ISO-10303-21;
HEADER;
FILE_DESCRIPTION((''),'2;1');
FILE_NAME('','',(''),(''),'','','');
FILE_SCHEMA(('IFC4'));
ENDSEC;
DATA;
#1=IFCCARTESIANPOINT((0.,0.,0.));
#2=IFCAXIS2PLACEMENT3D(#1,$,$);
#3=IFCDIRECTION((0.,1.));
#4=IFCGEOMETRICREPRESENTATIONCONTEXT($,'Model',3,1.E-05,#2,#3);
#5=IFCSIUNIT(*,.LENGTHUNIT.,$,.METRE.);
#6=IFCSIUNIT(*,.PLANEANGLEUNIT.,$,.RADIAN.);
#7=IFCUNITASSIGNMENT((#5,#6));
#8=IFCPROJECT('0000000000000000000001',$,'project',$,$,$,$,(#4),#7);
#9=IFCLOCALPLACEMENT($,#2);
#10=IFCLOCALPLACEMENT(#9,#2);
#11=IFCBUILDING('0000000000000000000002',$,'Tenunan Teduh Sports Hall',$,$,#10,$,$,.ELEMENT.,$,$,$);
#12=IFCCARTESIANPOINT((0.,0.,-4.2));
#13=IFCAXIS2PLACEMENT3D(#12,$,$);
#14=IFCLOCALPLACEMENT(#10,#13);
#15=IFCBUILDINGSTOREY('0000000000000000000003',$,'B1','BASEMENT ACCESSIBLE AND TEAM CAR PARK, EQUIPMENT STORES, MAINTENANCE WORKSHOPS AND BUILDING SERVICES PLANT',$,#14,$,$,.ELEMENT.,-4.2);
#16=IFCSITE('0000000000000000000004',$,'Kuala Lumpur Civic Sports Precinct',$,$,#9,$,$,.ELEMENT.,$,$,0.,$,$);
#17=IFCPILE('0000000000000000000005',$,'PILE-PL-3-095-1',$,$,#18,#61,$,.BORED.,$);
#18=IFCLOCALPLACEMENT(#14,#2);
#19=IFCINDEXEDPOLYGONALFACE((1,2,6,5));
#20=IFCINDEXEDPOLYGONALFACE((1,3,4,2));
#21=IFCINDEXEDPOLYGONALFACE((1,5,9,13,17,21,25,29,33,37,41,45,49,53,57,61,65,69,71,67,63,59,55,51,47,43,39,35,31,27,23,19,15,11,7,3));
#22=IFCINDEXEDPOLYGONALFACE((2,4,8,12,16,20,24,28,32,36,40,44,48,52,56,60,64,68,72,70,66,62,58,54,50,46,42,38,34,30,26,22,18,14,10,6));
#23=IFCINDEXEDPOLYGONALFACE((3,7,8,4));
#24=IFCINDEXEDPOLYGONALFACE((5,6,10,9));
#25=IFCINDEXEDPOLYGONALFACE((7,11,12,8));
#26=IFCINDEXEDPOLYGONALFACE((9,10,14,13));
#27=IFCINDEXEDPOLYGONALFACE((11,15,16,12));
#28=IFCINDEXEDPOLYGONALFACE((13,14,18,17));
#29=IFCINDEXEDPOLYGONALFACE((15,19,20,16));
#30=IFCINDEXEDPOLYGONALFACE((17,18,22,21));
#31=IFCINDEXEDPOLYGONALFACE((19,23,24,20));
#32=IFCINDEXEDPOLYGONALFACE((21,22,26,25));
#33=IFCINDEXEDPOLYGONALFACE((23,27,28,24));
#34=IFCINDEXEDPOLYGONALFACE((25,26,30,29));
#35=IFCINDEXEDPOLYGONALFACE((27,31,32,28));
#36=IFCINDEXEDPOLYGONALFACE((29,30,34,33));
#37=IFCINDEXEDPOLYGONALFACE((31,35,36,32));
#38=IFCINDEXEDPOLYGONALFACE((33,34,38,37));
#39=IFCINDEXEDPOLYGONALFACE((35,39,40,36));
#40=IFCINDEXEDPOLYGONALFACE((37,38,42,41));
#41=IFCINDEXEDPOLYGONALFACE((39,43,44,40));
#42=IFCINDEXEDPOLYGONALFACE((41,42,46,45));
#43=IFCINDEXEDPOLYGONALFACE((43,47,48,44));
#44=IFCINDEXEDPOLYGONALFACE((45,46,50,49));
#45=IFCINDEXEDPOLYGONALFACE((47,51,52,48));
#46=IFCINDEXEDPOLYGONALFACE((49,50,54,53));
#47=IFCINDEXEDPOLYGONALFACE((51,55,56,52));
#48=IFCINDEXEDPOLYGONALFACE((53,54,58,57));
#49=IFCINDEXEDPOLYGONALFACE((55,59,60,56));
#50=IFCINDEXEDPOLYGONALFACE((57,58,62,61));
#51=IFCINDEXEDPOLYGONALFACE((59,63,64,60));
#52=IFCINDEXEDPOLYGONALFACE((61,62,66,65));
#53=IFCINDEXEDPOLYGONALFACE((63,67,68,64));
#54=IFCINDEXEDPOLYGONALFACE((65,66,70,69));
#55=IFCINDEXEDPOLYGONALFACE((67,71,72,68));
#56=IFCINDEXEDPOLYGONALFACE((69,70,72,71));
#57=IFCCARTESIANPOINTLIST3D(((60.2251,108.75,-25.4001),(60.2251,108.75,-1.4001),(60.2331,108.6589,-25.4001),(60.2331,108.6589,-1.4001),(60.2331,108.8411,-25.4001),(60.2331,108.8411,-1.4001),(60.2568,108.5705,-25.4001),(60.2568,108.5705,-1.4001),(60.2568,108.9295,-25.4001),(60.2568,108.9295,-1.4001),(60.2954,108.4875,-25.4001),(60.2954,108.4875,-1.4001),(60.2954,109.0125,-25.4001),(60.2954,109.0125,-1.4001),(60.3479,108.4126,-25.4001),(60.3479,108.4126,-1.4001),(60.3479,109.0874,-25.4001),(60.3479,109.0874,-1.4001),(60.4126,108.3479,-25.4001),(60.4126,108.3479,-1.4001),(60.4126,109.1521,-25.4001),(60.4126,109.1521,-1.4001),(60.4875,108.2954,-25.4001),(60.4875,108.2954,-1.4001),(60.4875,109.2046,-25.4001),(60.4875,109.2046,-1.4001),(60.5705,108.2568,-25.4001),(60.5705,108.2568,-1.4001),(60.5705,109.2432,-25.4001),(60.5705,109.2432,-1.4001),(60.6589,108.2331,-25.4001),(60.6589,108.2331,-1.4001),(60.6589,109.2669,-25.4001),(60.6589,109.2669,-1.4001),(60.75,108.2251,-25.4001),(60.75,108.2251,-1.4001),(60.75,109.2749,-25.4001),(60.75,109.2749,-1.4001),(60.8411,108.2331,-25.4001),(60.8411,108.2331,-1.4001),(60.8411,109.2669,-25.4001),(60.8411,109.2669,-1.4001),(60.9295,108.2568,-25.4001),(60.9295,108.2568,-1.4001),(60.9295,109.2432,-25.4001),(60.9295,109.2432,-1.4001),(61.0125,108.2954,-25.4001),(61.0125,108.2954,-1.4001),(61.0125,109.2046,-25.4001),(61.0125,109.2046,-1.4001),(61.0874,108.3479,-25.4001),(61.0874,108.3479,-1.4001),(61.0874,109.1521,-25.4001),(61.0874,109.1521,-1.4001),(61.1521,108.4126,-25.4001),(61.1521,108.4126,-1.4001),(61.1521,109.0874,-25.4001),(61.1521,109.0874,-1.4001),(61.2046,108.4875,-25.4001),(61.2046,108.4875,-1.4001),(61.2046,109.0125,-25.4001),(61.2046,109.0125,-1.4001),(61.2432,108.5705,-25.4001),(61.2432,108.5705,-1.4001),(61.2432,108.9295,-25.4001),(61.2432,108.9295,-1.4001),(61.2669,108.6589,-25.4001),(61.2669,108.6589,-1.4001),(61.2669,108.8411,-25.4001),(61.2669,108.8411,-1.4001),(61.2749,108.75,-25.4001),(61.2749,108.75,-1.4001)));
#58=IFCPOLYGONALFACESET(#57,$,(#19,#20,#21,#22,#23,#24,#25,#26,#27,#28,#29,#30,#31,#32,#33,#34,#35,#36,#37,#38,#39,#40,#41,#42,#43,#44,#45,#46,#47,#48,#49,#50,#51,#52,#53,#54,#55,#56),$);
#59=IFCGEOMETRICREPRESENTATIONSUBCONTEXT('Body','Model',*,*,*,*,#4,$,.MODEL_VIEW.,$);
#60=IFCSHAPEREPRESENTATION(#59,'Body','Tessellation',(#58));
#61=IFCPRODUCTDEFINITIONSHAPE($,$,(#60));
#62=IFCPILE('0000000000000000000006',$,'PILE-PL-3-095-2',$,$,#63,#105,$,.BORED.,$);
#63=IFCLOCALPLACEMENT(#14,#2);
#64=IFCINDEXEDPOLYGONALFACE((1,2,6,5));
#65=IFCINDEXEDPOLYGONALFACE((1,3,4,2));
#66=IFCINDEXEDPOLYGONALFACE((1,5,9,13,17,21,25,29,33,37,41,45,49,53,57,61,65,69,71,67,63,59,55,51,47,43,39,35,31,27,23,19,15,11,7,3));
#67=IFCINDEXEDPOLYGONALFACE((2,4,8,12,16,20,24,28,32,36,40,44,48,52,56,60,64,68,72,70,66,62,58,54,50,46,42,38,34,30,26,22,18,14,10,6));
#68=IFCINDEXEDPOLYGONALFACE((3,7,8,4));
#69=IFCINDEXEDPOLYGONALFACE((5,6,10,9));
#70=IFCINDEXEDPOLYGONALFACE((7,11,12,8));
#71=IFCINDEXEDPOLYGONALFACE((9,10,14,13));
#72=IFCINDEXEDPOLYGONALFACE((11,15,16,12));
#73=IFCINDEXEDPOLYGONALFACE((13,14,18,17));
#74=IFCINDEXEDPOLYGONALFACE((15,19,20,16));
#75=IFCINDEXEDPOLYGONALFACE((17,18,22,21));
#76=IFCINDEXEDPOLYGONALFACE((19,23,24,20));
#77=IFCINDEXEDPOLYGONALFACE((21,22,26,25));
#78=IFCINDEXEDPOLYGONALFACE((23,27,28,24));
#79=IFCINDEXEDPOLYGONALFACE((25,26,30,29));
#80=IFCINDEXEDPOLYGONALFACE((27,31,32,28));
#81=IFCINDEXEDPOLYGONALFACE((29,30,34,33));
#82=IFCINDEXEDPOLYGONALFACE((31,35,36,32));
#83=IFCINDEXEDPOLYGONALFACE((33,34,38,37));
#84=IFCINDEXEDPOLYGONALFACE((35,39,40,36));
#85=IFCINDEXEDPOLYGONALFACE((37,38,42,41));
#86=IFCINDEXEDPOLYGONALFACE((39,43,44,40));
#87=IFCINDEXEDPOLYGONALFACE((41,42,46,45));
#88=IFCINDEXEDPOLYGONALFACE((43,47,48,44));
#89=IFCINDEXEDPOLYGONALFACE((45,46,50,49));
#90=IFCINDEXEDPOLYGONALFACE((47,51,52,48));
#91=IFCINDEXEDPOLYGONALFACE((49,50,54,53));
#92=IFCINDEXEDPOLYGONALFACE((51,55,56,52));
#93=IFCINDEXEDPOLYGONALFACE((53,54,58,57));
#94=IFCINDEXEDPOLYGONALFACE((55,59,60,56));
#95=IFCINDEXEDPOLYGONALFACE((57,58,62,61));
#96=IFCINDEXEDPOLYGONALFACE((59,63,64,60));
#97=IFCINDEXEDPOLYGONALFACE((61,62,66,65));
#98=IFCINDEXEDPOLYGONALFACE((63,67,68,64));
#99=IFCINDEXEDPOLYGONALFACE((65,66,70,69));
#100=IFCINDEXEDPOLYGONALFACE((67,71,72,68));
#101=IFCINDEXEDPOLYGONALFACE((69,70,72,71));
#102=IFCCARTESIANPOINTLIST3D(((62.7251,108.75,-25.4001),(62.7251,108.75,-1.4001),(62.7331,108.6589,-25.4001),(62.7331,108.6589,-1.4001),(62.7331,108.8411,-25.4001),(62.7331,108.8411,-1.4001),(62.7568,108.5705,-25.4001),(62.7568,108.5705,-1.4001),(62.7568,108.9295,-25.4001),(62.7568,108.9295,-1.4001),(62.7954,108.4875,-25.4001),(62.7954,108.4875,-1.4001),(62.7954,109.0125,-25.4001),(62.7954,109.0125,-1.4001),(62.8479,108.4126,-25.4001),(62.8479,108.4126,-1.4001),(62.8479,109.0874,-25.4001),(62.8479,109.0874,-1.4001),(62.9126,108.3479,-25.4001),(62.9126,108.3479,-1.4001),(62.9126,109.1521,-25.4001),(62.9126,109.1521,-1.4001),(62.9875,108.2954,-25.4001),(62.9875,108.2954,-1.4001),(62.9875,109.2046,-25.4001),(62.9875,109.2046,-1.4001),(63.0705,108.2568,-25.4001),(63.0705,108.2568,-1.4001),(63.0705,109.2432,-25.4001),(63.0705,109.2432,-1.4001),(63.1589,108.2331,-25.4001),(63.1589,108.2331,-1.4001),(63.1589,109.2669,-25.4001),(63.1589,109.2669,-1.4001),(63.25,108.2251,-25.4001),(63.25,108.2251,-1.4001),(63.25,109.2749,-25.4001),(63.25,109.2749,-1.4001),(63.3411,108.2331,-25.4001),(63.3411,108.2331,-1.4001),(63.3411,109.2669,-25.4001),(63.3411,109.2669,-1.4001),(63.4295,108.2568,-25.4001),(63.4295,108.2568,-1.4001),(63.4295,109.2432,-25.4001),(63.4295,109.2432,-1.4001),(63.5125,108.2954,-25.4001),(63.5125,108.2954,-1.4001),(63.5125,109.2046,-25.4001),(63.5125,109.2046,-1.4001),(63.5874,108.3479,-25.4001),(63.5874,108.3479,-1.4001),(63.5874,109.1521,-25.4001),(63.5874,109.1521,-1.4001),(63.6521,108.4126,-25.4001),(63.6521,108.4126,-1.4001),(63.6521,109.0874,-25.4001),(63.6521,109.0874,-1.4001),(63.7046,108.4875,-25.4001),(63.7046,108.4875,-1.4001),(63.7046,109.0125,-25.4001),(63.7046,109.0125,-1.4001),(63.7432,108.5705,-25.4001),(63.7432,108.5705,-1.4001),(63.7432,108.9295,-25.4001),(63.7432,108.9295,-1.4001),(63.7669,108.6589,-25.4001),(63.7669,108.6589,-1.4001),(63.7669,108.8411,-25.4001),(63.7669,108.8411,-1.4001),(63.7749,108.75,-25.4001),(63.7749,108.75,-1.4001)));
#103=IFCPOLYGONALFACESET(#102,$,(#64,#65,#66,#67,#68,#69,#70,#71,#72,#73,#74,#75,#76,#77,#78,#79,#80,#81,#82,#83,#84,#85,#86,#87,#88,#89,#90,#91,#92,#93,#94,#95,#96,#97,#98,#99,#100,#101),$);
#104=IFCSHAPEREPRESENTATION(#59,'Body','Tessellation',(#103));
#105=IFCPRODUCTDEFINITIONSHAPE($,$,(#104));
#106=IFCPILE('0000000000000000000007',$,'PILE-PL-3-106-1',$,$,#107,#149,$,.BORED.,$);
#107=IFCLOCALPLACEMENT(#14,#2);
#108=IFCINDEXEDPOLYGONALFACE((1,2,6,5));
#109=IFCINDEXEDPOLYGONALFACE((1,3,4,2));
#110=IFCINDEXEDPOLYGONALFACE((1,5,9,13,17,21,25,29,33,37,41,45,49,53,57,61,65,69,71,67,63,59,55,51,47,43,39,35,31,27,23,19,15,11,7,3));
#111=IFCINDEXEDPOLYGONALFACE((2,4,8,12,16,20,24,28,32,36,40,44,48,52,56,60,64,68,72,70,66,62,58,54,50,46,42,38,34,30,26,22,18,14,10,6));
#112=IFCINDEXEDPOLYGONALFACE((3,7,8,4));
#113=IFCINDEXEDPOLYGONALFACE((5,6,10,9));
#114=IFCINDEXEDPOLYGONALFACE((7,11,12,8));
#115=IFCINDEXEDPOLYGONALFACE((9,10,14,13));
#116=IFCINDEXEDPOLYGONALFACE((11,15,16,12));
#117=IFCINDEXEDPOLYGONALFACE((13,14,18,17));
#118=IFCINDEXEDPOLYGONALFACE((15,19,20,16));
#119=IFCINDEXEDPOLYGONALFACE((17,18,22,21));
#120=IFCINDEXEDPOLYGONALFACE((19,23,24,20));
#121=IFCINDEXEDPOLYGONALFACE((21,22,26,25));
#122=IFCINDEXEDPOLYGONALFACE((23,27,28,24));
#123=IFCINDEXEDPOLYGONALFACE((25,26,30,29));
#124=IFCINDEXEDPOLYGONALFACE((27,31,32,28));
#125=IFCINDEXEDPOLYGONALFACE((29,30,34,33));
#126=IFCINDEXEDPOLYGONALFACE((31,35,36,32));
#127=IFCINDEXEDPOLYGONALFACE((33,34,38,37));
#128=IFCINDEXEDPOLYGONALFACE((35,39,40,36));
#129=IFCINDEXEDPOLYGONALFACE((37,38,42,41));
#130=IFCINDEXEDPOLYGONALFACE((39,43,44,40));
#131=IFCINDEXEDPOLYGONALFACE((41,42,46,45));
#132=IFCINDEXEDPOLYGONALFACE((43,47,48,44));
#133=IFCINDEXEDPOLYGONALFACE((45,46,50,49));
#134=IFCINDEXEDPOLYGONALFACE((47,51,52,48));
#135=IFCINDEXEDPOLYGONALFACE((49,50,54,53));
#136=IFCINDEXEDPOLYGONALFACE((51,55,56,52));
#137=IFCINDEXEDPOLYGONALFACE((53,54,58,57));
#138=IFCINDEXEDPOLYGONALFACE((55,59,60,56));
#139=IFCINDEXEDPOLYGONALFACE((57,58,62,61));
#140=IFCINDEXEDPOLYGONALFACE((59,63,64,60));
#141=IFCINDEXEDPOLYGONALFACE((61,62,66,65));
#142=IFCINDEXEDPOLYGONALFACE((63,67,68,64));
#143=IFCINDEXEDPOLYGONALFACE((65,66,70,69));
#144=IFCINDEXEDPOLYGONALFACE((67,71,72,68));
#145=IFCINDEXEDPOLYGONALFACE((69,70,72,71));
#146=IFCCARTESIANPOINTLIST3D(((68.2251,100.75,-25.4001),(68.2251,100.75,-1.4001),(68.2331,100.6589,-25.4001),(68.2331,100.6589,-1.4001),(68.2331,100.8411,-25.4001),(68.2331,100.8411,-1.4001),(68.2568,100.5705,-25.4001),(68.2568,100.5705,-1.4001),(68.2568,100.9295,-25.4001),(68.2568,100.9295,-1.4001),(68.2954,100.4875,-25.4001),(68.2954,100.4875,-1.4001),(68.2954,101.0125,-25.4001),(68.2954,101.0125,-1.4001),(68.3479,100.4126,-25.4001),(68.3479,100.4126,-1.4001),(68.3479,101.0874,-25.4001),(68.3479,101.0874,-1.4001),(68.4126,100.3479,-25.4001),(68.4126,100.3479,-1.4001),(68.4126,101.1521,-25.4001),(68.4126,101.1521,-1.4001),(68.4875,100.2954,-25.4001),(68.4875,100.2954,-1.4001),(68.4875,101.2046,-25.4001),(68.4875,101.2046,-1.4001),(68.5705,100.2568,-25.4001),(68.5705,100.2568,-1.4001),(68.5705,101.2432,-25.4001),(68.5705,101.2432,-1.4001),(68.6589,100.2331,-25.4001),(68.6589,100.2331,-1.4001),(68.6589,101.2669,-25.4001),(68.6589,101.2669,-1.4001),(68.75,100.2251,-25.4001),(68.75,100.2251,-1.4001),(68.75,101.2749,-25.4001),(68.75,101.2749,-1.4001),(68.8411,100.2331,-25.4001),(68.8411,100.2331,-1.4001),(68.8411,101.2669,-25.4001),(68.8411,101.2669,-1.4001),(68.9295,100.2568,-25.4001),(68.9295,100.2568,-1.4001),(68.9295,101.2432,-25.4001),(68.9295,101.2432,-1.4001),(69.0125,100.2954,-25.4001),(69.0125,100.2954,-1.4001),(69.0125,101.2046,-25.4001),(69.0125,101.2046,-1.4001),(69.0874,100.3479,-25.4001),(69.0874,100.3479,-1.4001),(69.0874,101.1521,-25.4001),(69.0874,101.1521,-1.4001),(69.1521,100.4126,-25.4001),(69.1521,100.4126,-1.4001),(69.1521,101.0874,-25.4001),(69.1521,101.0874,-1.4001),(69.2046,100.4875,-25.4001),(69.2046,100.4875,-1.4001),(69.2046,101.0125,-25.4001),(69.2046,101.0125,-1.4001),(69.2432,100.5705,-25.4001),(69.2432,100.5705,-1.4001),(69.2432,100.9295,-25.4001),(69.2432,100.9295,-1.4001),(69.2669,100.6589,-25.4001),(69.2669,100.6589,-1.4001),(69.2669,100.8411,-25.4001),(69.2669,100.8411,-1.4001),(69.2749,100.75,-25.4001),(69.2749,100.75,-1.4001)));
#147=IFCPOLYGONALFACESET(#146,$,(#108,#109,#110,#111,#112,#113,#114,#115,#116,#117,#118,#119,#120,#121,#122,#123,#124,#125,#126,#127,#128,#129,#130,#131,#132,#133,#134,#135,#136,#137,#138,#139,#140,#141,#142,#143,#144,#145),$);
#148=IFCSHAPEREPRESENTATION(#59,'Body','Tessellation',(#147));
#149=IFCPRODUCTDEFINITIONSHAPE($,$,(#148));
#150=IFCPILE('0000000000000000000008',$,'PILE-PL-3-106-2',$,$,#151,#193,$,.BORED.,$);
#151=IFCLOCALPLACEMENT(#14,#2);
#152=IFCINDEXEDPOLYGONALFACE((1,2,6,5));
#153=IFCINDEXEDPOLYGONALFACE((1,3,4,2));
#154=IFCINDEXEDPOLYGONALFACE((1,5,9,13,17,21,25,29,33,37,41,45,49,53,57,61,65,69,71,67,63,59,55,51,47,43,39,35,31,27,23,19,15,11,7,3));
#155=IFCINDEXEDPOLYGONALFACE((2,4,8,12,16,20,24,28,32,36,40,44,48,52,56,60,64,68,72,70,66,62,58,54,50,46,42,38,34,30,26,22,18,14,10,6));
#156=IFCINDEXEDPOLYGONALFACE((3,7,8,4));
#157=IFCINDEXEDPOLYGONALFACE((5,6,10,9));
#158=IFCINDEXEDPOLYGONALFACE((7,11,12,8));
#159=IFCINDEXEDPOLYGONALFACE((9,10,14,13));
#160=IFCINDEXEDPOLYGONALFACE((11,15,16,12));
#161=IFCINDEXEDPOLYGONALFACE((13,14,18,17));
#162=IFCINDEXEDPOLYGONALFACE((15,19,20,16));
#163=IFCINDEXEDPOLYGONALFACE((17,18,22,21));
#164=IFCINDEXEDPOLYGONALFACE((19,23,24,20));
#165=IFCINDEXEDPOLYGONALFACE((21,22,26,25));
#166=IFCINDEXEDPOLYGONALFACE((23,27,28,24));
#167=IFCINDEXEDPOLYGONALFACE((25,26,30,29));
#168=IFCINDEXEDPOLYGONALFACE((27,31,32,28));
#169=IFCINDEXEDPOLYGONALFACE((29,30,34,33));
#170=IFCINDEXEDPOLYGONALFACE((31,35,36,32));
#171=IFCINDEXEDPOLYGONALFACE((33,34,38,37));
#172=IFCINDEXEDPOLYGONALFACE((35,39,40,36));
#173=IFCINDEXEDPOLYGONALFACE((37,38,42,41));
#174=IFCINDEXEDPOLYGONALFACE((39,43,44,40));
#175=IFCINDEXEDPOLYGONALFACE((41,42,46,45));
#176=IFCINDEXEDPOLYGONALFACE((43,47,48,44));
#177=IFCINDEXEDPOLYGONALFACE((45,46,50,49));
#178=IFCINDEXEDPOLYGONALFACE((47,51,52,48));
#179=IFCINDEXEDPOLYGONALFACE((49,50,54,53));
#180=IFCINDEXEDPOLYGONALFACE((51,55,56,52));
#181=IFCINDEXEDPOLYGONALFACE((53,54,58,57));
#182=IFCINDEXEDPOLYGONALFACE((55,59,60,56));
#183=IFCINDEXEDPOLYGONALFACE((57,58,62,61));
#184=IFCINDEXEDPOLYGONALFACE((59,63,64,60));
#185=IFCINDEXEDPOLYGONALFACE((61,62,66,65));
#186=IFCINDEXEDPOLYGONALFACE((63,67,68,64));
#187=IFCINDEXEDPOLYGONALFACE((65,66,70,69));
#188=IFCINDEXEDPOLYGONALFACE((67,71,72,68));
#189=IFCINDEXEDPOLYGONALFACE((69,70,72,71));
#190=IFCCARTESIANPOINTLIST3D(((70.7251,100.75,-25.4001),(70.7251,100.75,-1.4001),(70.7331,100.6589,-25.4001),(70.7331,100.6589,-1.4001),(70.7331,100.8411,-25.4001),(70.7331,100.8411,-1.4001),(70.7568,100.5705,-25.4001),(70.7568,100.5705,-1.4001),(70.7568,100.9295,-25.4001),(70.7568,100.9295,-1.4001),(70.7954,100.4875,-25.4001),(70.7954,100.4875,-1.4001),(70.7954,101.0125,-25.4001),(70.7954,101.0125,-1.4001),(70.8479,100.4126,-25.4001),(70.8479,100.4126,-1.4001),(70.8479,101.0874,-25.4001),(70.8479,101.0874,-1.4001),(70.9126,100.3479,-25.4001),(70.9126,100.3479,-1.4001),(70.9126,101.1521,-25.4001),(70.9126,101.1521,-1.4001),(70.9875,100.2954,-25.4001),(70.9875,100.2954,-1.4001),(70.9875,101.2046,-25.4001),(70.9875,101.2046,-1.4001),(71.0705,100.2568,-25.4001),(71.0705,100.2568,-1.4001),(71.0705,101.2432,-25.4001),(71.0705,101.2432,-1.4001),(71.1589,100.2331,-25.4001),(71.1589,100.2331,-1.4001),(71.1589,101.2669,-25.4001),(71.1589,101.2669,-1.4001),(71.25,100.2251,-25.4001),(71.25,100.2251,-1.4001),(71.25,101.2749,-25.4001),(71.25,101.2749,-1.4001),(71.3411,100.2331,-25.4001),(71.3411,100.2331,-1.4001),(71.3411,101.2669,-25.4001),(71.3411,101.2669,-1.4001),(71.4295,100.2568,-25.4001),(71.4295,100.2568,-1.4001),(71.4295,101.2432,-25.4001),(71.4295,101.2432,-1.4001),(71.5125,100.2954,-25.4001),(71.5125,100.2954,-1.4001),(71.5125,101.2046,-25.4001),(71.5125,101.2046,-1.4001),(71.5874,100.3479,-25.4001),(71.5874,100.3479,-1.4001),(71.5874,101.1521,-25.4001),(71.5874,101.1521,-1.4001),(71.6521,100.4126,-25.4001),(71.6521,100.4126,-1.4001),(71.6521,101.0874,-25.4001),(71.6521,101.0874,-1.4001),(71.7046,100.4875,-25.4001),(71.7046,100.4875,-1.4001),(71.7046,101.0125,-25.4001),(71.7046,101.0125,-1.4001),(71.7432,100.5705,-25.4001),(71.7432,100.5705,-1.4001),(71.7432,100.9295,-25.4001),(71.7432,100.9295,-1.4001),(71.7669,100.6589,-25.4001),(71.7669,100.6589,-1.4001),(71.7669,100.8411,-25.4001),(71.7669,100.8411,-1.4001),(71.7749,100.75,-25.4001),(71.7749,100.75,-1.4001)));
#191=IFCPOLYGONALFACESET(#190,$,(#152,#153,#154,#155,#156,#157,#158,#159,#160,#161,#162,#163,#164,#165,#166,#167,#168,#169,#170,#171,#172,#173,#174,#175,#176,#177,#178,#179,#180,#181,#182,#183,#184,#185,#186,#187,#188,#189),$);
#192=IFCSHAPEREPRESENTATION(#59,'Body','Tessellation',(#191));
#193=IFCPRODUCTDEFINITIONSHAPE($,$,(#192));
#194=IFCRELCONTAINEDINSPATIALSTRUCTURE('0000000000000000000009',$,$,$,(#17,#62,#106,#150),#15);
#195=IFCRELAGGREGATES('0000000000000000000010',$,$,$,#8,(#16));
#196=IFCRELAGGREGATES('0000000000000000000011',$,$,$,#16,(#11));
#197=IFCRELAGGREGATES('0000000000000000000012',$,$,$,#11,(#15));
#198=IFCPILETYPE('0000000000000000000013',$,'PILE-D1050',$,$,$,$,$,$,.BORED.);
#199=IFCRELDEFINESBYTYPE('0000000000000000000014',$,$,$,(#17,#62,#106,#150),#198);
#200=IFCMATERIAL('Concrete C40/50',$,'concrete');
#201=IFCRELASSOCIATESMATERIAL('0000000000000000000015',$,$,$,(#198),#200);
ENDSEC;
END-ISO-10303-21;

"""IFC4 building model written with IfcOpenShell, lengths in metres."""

from ifc_helpers import new_model, si_unit, direction, frame, origin, origin_2d, place, context, subcontext, project, spatial, circle, extrude, material, material_profile, profile_set, type_object, element, save


model = new_model("IFC4")

# Units and contexts
model_context = context("Model", 3, precision=1e-05, world=origin(), true_north=direction((0.0, 1.0)))
body_context = subcontext(model_context, "Body", "Model", "MODEL_VIEW")
ifc_project = project(units=[si_unit("LENGTHUNIT", "METRE"), si_unit("PLANEANGLEUNIT", "RADIAN")], contexts=[model_context])

# Site, building, storey
site_placement = place(None, origin())
site = spatial("IfcSite", under=ifc_project, at=site_placement, Name="Kuala Lumpur Civic Sports Precinct", CompositionType="ELEMENT", RefElevation=0.0)
building_placement = place(site_placement, origin())
building = spatial("IfcBuilding", under=site, at=building_placement, Name="Tenunan Teduh Sports Hall", CompositionType="ELEMENT")
storey_placement = place(building_placement, frame((0.0, 0.0, -4.2)))
storey = spatial("IfcBuildingStorey", under=building, at=storey_placement, Name="B1", Description="BASEMENT ACCESSIBLE AND TEAM CAR PARK, EQUIPMENT STORES, MAINTENANCE WORKSHOPS AND BUILDING SERVICES PLANT", CompositionType="ELEMENT", Elevation=-4.2)

# Piles
ifc_material_1 = material(Name="Concrete C40/50", Category="concrete")
ifc_material_profile_1 = material_profile(ifc_material_1, circle(Radius=0.5249, at=origin_2d()), Name="PILE D1050")
ifc_profile_set_1 = profile_set([ifc_material_profile_1], Name="Concrete C40/50")
pile_type = type_object("IfcPileType", Name="PILE-D1050", PredefinedType="BORED", material=ifc_profile_set_1)
for number, where, z_axis, x_axis, name in (
    (1, (60.75, 108.75, -1.4001), (0.0, 0.0, -1.0), (1.0, 0.0, 0.0), "PILE-PL-3-095-1"),
    (2, (63.25, 108.75, -1.4001), (0.0, 0.0, -1.0), (1.0, 0.0, 0.0), "PILE-PL-3-095-2"),
    (3, (68.75, 100.75, -1.4001), (0.0, 0.0, -1.0), (1.0, 0.0, 0.0), "PILE-PL-3-106-1"),
    (4, (71.25, 100.75, -1.4001), (0.0, 0.0, -1.0), (1.0, 0.0, 0.0), "PILE-PL-3-106-2"),
):
    element("IfcPile", number, at=place(storey_placement, frame(where, z_axis=z_axis, x_axis=x_axis)), inside=storey, type_object=pile_type, Name=name, PredefinedType="BORED", context=body_context, shape_type="SweptSolid", body=[
        extrude(circle(Radius=0.5249, at=origin_2d()), origin(), (0.0, 0.0, 1.0), 24.0),
    ])

save(model, "model.ifc")
